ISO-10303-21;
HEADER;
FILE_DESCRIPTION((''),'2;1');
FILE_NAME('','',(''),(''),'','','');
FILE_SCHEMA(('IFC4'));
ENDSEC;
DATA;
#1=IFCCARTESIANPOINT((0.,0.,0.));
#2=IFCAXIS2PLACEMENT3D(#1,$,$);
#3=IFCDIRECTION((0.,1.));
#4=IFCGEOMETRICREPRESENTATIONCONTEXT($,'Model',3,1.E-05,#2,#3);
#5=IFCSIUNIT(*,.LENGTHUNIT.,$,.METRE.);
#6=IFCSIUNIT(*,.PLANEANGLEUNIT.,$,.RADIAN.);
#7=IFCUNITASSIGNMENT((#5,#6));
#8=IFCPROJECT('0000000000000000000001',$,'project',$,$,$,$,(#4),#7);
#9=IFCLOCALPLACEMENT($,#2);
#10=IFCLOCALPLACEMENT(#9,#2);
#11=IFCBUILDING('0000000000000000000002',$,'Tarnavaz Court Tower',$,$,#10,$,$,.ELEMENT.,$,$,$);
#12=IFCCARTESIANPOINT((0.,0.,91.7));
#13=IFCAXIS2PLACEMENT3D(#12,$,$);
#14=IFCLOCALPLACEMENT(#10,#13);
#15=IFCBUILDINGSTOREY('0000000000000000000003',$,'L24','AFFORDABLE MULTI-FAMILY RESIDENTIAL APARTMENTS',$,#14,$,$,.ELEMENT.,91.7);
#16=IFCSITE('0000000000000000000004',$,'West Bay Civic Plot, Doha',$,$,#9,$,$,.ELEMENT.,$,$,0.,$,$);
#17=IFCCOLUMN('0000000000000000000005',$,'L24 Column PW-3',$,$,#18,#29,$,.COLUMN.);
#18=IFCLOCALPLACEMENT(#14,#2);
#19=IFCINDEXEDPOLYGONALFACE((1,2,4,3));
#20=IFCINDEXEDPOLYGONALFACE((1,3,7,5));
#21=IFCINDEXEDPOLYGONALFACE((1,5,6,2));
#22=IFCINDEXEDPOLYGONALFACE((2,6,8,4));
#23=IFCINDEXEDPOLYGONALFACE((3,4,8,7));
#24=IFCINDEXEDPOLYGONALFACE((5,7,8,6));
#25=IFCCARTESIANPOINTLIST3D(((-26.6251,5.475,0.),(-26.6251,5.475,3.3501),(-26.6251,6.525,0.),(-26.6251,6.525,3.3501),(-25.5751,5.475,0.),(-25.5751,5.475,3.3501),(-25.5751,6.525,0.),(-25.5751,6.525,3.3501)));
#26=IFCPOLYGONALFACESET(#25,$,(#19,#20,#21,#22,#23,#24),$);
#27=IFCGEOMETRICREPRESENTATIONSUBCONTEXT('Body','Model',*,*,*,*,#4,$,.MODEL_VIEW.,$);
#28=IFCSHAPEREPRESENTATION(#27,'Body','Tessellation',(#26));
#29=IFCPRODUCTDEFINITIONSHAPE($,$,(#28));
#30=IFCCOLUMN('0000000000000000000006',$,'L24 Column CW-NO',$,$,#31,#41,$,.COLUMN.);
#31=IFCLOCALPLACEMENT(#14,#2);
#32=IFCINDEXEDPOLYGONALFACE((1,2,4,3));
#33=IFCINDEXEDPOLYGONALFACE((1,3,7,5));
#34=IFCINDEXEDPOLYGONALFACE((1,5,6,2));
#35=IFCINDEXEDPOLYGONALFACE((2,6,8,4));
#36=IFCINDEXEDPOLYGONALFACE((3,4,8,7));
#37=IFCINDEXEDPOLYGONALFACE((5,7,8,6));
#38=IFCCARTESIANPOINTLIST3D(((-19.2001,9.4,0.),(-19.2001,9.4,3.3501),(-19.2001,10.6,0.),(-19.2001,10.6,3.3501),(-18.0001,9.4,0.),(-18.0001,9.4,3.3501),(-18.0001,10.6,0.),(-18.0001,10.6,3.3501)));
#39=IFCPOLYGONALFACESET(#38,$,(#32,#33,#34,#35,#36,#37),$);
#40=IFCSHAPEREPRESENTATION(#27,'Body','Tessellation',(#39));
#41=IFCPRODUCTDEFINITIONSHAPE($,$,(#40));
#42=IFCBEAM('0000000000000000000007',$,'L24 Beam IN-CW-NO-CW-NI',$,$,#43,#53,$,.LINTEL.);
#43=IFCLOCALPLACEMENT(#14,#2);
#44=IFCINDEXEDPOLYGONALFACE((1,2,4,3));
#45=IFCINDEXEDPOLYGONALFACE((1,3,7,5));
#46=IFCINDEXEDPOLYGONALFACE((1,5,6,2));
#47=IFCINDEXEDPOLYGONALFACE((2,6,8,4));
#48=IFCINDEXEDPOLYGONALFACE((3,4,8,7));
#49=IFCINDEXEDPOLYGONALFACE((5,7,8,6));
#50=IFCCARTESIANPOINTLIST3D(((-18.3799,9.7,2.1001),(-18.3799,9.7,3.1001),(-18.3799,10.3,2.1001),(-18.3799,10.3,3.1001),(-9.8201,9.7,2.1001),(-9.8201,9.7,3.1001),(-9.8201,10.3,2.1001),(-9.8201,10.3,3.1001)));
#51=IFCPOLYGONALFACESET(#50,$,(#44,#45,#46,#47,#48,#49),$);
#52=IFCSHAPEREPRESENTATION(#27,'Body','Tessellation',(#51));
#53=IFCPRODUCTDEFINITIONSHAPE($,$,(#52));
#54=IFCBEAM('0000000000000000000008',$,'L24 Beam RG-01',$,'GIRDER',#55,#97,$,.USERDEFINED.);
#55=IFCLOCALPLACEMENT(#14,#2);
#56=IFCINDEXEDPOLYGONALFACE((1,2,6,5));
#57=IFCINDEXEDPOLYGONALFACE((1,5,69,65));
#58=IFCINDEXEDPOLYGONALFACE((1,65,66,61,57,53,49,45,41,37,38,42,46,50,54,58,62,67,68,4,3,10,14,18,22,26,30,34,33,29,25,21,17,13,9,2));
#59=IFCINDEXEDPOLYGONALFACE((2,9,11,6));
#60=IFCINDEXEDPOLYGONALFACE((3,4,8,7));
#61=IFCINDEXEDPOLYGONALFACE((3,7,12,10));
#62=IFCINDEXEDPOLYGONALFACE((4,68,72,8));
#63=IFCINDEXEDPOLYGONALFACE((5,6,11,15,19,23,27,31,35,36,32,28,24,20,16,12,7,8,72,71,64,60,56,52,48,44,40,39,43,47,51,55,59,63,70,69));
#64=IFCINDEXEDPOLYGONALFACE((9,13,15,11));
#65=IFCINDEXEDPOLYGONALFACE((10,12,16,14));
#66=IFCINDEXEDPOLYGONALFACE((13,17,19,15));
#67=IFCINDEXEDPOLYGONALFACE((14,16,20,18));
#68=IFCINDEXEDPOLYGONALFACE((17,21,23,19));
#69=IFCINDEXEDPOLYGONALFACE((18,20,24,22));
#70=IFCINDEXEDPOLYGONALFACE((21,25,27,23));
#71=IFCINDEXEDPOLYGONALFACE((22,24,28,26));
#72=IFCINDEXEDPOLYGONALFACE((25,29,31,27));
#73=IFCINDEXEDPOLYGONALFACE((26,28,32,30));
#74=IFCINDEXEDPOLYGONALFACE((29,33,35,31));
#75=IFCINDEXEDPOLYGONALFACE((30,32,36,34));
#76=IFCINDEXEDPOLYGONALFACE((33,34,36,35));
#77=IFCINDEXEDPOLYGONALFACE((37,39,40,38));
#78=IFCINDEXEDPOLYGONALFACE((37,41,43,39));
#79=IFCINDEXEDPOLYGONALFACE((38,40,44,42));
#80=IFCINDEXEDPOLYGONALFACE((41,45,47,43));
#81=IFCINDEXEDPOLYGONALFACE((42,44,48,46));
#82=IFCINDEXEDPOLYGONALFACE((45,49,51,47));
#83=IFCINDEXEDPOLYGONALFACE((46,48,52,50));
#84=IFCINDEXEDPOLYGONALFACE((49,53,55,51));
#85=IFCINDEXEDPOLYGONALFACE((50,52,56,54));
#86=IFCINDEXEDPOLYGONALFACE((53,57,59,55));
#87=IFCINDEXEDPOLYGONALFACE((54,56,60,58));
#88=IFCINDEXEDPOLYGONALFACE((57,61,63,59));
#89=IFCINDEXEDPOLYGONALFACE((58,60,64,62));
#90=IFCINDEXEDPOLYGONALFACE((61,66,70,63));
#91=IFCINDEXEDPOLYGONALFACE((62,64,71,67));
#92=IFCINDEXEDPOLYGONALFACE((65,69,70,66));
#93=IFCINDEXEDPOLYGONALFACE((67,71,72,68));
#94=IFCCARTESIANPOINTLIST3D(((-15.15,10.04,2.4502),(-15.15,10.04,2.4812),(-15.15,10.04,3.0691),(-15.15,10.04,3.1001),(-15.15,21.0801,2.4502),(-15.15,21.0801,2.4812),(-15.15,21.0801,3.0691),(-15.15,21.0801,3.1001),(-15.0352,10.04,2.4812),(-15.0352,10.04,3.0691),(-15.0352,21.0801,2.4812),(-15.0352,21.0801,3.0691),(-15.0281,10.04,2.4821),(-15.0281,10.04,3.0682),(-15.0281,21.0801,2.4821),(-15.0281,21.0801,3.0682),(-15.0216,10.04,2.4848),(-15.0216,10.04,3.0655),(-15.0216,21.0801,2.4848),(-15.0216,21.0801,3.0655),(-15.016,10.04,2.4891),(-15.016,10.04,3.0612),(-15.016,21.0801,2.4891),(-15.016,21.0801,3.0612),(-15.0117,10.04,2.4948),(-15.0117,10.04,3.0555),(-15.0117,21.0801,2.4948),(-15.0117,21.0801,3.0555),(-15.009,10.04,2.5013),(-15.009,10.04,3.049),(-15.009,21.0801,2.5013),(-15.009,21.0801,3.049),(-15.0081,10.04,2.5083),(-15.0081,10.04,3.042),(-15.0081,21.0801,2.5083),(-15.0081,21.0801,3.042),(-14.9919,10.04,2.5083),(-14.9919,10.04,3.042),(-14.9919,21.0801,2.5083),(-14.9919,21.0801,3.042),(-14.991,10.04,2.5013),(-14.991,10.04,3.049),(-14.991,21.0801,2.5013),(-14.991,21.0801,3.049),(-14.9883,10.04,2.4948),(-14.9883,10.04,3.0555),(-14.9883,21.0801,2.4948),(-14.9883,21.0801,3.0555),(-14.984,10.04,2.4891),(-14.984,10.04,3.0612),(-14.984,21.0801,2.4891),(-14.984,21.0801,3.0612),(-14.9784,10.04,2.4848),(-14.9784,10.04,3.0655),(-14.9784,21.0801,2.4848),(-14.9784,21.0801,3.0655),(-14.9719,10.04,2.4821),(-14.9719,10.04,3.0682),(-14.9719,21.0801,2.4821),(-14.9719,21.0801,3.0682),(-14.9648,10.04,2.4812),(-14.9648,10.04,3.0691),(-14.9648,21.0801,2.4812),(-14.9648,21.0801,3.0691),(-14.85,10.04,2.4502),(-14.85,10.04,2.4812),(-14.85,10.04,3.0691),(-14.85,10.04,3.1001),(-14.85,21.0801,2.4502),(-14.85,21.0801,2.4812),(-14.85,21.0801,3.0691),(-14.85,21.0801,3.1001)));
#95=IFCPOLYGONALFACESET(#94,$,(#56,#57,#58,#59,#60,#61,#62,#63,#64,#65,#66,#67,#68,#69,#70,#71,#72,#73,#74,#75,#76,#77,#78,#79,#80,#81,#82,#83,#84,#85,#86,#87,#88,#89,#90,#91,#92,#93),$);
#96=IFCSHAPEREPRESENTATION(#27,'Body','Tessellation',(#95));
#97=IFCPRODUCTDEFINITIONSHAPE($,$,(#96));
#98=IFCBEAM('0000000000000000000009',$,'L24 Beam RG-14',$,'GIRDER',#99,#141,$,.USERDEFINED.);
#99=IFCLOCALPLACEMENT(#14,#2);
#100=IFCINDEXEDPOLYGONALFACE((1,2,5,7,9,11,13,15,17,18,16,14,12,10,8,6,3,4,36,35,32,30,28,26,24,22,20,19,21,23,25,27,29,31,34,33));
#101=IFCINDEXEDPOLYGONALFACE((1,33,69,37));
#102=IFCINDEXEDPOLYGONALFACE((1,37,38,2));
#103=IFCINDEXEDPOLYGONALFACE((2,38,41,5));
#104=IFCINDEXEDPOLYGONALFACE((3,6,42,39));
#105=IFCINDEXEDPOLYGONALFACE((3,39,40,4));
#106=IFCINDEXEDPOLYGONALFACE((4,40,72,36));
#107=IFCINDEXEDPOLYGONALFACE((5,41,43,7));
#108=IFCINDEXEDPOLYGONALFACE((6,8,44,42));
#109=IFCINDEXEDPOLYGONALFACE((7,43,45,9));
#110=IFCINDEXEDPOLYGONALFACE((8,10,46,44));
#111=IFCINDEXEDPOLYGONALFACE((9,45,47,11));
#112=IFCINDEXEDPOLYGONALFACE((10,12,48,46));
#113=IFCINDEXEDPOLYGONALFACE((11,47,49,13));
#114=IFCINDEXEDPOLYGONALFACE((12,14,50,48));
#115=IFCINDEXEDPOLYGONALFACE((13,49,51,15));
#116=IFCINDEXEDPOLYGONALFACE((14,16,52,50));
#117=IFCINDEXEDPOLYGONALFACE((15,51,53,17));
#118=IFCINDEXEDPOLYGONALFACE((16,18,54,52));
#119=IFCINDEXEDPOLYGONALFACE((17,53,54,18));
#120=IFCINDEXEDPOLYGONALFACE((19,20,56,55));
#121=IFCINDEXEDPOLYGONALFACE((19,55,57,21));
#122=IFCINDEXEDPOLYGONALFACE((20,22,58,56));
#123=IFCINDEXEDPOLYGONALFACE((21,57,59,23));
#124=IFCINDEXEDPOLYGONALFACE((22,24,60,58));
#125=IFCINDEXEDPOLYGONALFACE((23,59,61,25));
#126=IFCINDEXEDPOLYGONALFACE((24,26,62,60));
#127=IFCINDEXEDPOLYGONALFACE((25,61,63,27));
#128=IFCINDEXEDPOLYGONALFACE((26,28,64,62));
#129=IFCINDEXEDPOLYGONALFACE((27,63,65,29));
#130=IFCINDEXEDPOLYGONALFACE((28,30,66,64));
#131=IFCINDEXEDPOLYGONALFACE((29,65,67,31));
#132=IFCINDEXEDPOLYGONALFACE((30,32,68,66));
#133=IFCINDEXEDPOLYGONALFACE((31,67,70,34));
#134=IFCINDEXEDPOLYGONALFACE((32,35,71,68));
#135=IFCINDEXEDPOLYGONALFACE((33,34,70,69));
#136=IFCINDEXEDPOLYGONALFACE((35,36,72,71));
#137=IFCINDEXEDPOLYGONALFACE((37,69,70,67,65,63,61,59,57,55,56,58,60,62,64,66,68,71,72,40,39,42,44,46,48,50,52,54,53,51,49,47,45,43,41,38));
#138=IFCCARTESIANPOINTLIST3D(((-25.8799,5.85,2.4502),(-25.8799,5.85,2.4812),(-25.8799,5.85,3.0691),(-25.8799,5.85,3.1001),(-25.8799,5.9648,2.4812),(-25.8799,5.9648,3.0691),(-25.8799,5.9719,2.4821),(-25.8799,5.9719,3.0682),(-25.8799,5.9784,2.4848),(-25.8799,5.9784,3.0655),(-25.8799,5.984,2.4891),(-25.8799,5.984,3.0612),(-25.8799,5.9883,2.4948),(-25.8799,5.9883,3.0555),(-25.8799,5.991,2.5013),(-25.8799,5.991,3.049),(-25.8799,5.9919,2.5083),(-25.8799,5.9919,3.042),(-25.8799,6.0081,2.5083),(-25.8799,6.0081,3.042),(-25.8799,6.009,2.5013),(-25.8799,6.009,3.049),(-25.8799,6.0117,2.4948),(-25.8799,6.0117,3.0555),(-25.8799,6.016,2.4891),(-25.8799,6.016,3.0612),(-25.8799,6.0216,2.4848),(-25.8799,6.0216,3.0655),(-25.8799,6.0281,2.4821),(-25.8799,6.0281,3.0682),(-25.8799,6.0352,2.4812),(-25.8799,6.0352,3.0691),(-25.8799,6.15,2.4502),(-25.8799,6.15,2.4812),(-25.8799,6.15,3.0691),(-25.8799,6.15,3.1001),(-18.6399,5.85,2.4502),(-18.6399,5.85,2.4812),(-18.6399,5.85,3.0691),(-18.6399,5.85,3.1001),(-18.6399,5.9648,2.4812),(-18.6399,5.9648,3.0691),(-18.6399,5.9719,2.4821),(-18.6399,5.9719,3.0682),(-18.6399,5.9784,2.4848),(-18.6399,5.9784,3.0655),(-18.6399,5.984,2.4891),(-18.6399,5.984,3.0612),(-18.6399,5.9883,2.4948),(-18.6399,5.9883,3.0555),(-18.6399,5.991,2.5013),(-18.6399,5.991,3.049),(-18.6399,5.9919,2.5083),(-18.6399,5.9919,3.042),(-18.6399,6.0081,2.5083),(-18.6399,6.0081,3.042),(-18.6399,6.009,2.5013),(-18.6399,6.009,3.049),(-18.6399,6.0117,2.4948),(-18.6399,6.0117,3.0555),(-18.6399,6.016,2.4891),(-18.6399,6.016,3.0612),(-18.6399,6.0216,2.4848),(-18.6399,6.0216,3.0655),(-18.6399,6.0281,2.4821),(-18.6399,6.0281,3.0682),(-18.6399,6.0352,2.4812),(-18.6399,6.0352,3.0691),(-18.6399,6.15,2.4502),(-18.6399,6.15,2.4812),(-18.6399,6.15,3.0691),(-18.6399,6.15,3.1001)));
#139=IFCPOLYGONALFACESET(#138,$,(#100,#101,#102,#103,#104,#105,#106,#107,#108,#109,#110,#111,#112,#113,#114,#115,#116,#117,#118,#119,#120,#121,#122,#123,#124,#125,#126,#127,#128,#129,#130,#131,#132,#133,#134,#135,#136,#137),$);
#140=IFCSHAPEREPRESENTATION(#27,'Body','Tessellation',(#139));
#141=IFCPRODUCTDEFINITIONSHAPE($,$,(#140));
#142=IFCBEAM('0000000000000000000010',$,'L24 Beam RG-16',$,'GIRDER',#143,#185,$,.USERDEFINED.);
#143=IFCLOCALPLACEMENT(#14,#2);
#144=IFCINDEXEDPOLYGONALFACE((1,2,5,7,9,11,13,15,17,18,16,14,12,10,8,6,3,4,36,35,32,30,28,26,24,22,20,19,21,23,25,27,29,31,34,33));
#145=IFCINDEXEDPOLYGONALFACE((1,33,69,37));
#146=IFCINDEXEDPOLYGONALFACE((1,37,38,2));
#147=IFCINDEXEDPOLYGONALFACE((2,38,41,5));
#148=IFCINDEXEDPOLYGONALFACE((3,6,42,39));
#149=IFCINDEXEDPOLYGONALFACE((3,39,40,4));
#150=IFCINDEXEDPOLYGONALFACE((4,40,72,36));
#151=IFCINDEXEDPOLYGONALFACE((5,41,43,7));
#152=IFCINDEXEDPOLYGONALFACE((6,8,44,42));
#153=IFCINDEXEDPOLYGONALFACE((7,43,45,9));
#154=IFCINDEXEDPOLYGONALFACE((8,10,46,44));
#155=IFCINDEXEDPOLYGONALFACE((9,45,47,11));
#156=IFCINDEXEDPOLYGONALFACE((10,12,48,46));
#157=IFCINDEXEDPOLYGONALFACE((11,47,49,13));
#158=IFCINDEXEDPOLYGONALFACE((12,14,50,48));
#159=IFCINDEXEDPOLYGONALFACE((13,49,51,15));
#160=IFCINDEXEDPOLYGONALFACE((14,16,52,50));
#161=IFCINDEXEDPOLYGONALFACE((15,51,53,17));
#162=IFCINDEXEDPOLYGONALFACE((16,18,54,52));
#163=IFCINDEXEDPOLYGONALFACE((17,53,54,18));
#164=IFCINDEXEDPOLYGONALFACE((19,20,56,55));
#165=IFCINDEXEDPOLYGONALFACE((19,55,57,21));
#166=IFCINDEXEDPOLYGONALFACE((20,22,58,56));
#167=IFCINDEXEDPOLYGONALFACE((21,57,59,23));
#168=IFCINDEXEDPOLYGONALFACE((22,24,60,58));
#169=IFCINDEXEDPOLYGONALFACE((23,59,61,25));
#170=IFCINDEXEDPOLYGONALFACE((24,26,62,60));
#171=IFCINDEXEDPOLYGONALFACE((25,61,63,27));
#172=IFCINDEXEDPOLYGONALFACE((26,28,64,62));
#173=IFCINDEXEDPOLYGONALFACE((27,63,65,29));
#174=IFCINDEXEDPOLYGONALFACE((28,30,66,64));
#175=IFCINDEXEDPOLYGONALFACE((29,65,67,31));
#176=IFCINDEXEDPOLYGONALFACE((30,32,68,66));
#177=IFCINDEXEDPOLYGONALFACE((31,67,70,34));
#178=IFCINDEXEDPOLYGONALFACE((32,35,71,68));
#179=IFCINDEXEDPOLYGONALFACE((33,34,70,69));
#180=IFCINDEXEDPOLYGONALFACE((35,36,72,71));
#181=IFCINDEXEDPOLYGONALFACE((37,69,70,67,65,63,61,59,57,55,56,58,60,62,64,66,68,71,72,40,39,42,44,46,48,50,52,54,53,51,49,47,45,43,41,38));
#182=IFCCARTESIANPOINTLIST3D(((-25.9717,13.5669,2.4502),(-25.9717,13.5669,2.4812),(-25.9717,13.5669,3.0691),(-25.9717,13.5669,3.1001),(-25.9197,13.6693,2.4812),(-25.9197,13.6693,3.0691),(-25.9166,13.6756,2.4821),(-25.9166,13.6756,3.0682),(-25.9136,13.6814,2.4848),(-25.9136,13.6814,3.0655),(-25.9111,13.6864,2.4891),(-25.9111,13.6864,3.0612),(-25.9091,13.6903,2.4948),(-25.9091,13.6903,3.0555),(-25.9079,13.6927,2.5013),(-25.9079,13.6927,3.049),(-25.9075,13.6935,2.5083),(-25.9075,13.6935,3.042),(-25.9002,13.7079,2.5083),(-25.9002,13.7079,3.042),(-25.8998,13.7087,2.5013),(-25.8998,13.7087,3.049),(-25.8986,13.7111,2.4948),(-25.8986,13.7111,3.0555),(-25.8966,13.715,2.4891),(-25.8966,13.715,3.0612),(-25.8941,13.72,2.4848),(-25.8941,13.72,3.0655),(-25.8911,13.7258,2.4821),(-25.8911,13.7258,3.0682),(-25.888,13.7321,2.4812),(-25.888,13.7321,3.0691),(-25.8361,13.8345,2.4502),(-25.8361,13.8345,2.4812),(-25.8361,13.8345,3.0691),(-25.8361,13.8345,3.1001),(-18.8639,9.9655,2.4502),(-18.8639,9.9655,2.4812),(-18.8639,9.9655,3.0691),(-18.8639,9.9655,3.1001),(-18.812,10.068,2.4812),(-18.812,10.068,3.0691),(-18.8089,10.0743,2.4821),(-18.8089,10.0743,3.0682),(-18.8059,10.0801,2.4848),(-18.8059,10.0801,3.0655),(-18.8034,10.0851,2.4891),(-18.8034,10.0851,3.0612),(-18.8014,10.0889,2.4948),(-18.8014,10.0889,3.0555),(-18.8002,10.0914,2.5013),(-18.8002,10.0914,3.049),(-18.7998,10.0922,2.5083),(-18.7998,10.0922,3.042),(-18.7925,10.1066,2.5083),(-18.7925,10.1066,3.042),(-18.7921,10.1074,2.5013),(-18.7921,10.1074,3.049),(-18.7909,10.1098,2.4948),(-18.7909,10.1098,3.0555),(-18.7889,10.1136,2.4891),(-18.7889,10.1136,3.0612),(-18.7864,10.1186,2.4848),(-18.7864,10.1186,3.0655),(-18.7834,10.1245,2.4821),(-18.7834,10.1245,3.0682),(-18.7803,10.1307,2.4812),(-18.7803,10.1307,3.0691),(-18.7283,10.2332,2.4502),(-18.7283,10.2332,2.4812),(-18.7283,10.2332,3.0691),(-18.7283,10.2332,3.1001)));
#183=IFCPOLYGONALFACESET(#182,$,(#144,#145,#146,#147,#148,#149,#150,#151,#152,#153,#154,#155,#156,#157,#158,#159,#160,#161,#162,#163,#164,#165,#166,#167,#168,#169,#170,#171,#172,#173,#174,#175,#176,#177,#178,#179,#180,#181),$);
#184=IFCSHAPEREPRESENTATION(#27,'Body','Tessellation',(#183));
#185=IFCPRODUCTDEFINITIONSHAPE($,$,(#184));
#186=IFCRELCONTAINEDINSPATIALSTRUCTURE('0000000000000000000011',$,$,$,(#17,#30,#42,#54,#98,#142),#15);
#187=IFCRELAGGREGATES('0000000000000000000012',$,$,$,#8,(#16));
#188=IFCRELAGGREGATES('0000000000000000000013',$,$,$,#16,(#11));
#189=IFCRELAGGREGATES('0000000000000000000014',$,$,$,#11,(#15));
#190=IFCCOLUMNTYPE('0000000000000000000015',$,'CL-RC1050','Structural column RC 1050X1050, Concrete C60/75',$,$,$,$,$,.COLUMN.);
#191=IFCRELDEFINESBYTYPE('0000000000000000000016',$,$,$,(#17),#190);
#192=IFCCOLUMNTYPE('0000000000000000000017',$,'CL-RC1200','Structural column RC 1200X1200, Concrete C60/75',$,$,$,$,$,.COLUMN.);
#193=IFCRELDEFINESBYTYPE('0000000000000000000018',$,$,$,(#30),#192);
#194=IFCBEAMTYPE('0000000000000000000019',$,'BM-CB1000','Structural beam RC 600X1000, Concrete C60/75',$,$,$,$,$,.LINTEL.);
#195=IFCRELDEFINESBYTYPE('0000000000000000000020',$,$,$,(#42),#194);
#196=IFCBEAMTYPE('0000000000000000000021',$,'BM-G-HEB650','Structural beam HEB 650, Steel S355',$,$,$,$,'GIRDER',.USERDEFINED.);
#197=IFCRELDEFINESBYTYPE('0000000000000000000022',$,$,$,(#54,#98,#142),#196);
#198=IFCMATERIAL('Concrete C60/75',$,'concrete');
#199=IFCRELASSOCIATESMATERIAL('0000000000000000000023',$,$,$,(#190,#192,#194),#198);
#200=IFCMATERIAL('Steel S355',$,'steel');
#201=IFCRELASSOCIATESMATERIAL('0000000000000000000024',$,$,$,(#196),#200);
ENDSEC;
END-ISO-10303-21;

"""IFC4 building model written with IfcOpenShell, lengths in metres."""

from ifc_helpers import new_model, si_unit, direction, frame, origin, origin_2d, place, context, subcontext, project, spatial, rectangle, i_section, extrude, material, material_profile, profile_set, type_object, element, save


model = new_model("IFC4")

# Units and contexts
model_context = context("Model", 3, precision=1e-05, world=origin(), true_north=direction((0.0, 1.0)))
body_context = subcontext(model_context, "Body", "Model", "MODEL_VIEW")
ifc_project = project(units=[si_unit("LENGTHUNIT", "METRE"), si_unit("PLANEANGLEUNIT", "RADIAN")], contexts=[model_context])

# Site, building, storey
site_placement = place(None, origin())
site = spatial("IfcSite", under=ifc_project, at=site_placement, Name="West Bay Civic Plot, Doha", CompositionType="ELEMENT", RefElevation=0.0)
building_placement = place(site_placement, origin())
building = spatial("IfcBuilding", under=site, at=building_placement, Name="Tarnavaz Court Tower", CompositionType="ELEMENT")
storey_placement = place(building_placement, frame((0.0, 0.0, 91.7)))
storey = spatial("IfcBuildingStorey", under=building, at=storey_placement, Name="L24", Description="AFFORDABLE MULTI-FAMILY RESIDENTIAL APARTMENTS", CompositionType="ELEMENT", Elevation=91.7)

# Columns
ifc_material_1 = material(Name="Concrete C60/75", Category="concrete")
ifc_material_profile_1 = material_profile(ifc_material_1, rectangle(XDim=1.05, YDim=1.05, at=origin_2d()), Name="RC 1050X1050")
ifc_profile_set_1 = profile_set([ifc_material_profile_1], Name="Concrete C60/75")
column_type_1 = type_object("IfcColumnType", Name="CL-RC1050", Description="Structural column RC 1050X1050, Concrete C60/75", PredefinedType="COLUMN", material=ifc_profile_set_1)
column_1_placement = place(storey_placement, frame((-26.1001, 6.0, 0.0), z_axis=(0.0, 0.0, 1.0), x_axis=(1.0, 0.0, 0.0)))
element("IfcColumn", 1, at=column_1_placement, inside=storey, type_object=column_type_1, Name="L24 Column PW-3", PredefinedType="COLUMN", context=body_context, shape_type="SweptSolid", body=[
    extrude(rectangle(XDim=1.05, YDim=1.05, at=origin_2d()), origin(), (0.0, 0.0, 1.0), 3.3501),
])
ifc_material_profile_2 = material_profile(ifc_material_1, rectangle(XDim=1.2, YDim=1.2, at=origin_2d()), Name="RC 1200X1200")
ifc_profile_set_2 = profile_set([ifc_material_profile_2], Name="Concrete C60/75")
column_type_2 = type_object("IfcColumnType", Name="CL-RC1200", Description="Structural column RC 1200X1200, Concrete C60/75", PredefinedType="COLUMN", material=ifc_profile_set_2)
column_2_placement = place(storey_placement, frame((-18.6001, 10.0, 0.0), z_axis=(0.0, 0.0, 1.0), x_axis=(1.0, 0.0, 0.0)))
element("IfcColumn", 2, at=column_2_placement, inside=storey, type_object=column_type_2, Name="L24 Column CW-NO", PredefinedType="COLUMN", context=body_context, shape_type="SweptSolid", body=[
    extrude(rectangle(XDim=1.2, YDim=1.2, at=origin_2d()), origin(), (0.0, 0.0, 1.0), 3.3501),
])

# Beams
ifc_material_profile_3 = material_profile(ifc_material_1, rectangle(XDim=0.6001, YDim=1.0, at=origin_2d()), Name="RC 600X1000")
ifc_profile_set_3 = profile_set([ifc_material_profile_3], Name="Concrete C60/75")
beam_type_1 = type_object("IfcBeamType", Name="BM-CB1000", Description="Structural beam RC 600X1000, Concrete C60/75", PredefinedType="LINTEL", material=ifc_profile_set_3)
beam_1_placement = place(storey_placement, frame((-18.3799, 10.0, 2.6001), z_axis=(1.0, 0.0, 0.0), x_axis=(0.0, 1.0, 0.0)))
element("IfcBeam", 3, at=beam_1_placement, inside=storey, type_object=beam_type_1, Name="L24 Beam IN-CW-NO-CW-NI", PredefinedType="LINTEL", context=body_context, shape_type="SweptSolid", body=[
    extrude(rectangle(XDim=0.6001, YDim=1.0, at=origin_2d()), origin(), (0.0, 0.0, 1.0), 8.5598),
])
ifc_material_2 = material(Name="Steel S355", Category="steel")
ifc_material_profile_4 = material_profile(ifc_material_2, i_section(OverallWidth=0.3, OverallDepth=0.6499, WebThickness=0.0161, FlangeThickness=0.031, FilletRadius=0.0271, at=origin_2d()), Name="HEB 650")
ifc_profile_set_4 = profile_set([ifc_material_profile_4], Name="Steel S355")
beam_type_2 = type_object("IfcBeamType", Name="BM-G-HEB650", Description="Structural beam HEB 650, Steel S355", ElementType="GIRDER", PredefinedType="USERDEFINED", material=ifc_profile_set_4)
beam_2_placement = place(storey_placement, frame((-15.0, 10.04, 2.7751), z_axis=(0.0, 1.0, 0.0), x_axis=(-1.0, 0.0, 0.0)))
element("IfcBeam", 4, at=beam_2_placement, inside=storey, type_object=beam_type_2, Name="L24 Beam RG-01", ObjectType="GIRDER", PredefinedType="USERDEFINED", context=body_context, shape_type="SweptSolid", body=[
    extrude(i_section(OverallWidth=0.3, OverallDepth=0.6499, WebThickness=0.0161, FlangeThickness=0.031, FilletRadius=0.0271, at=origin_2d()), origin(), (0.0, 0.0, 1.0), 11.04),
])
beam_3_placement = place(storey_placement, frame((-18.6399, 6.0, 2.7751), z_axis=(-1.0, 0.0, 0.0), x_axis=(0.0, -1.0, 0.0)))
element("IfcBeam", 5, at=beam_3_placement, inside=storey, type_object=beam_type_2, Name="L24 Beam RG-14", ObjectType="GIRDER", PredefinedType="USERDEFINED", context=body_context, shape_type="SweptSolid", body=[
    extrude(i_section(OverallWidth=0.3, OverallDepth=0.6499, WebThickness=0.0161, FlangeThickness=0.031, FilletRadius=0.0271, at=origin_2d()), origin(), (0.0, 0.0, 1.0), 7.24),
])
beam_4_placement = place(storey_placement, frame((-18.7961, 10.0994, 2.7751), z_axis=(-0.892031, 0.451975, 0.0), x_axis=(-0.451975, -0.892031, 0.0)))
element("IfcBeam", 6, at=beam_4_placement, inside=storey, type_object=beam_type_2, Name="L24 Beam RG-16", ObjectType="GIRDER", PredefinedType="USERDEFINED", context=body_context, shape_type="SweptSolid", body=[
    extrude(i_section(OverallWidth=0.3, OverallDepth=0.6499, WebThickness=0.0161, FlangeThickness=0.031, FilletRadius=0.0271, at=origin_2d()), origin(), (0.0, 0.0, 1.0), 7.968),
])

save(model, "model.ifc")
